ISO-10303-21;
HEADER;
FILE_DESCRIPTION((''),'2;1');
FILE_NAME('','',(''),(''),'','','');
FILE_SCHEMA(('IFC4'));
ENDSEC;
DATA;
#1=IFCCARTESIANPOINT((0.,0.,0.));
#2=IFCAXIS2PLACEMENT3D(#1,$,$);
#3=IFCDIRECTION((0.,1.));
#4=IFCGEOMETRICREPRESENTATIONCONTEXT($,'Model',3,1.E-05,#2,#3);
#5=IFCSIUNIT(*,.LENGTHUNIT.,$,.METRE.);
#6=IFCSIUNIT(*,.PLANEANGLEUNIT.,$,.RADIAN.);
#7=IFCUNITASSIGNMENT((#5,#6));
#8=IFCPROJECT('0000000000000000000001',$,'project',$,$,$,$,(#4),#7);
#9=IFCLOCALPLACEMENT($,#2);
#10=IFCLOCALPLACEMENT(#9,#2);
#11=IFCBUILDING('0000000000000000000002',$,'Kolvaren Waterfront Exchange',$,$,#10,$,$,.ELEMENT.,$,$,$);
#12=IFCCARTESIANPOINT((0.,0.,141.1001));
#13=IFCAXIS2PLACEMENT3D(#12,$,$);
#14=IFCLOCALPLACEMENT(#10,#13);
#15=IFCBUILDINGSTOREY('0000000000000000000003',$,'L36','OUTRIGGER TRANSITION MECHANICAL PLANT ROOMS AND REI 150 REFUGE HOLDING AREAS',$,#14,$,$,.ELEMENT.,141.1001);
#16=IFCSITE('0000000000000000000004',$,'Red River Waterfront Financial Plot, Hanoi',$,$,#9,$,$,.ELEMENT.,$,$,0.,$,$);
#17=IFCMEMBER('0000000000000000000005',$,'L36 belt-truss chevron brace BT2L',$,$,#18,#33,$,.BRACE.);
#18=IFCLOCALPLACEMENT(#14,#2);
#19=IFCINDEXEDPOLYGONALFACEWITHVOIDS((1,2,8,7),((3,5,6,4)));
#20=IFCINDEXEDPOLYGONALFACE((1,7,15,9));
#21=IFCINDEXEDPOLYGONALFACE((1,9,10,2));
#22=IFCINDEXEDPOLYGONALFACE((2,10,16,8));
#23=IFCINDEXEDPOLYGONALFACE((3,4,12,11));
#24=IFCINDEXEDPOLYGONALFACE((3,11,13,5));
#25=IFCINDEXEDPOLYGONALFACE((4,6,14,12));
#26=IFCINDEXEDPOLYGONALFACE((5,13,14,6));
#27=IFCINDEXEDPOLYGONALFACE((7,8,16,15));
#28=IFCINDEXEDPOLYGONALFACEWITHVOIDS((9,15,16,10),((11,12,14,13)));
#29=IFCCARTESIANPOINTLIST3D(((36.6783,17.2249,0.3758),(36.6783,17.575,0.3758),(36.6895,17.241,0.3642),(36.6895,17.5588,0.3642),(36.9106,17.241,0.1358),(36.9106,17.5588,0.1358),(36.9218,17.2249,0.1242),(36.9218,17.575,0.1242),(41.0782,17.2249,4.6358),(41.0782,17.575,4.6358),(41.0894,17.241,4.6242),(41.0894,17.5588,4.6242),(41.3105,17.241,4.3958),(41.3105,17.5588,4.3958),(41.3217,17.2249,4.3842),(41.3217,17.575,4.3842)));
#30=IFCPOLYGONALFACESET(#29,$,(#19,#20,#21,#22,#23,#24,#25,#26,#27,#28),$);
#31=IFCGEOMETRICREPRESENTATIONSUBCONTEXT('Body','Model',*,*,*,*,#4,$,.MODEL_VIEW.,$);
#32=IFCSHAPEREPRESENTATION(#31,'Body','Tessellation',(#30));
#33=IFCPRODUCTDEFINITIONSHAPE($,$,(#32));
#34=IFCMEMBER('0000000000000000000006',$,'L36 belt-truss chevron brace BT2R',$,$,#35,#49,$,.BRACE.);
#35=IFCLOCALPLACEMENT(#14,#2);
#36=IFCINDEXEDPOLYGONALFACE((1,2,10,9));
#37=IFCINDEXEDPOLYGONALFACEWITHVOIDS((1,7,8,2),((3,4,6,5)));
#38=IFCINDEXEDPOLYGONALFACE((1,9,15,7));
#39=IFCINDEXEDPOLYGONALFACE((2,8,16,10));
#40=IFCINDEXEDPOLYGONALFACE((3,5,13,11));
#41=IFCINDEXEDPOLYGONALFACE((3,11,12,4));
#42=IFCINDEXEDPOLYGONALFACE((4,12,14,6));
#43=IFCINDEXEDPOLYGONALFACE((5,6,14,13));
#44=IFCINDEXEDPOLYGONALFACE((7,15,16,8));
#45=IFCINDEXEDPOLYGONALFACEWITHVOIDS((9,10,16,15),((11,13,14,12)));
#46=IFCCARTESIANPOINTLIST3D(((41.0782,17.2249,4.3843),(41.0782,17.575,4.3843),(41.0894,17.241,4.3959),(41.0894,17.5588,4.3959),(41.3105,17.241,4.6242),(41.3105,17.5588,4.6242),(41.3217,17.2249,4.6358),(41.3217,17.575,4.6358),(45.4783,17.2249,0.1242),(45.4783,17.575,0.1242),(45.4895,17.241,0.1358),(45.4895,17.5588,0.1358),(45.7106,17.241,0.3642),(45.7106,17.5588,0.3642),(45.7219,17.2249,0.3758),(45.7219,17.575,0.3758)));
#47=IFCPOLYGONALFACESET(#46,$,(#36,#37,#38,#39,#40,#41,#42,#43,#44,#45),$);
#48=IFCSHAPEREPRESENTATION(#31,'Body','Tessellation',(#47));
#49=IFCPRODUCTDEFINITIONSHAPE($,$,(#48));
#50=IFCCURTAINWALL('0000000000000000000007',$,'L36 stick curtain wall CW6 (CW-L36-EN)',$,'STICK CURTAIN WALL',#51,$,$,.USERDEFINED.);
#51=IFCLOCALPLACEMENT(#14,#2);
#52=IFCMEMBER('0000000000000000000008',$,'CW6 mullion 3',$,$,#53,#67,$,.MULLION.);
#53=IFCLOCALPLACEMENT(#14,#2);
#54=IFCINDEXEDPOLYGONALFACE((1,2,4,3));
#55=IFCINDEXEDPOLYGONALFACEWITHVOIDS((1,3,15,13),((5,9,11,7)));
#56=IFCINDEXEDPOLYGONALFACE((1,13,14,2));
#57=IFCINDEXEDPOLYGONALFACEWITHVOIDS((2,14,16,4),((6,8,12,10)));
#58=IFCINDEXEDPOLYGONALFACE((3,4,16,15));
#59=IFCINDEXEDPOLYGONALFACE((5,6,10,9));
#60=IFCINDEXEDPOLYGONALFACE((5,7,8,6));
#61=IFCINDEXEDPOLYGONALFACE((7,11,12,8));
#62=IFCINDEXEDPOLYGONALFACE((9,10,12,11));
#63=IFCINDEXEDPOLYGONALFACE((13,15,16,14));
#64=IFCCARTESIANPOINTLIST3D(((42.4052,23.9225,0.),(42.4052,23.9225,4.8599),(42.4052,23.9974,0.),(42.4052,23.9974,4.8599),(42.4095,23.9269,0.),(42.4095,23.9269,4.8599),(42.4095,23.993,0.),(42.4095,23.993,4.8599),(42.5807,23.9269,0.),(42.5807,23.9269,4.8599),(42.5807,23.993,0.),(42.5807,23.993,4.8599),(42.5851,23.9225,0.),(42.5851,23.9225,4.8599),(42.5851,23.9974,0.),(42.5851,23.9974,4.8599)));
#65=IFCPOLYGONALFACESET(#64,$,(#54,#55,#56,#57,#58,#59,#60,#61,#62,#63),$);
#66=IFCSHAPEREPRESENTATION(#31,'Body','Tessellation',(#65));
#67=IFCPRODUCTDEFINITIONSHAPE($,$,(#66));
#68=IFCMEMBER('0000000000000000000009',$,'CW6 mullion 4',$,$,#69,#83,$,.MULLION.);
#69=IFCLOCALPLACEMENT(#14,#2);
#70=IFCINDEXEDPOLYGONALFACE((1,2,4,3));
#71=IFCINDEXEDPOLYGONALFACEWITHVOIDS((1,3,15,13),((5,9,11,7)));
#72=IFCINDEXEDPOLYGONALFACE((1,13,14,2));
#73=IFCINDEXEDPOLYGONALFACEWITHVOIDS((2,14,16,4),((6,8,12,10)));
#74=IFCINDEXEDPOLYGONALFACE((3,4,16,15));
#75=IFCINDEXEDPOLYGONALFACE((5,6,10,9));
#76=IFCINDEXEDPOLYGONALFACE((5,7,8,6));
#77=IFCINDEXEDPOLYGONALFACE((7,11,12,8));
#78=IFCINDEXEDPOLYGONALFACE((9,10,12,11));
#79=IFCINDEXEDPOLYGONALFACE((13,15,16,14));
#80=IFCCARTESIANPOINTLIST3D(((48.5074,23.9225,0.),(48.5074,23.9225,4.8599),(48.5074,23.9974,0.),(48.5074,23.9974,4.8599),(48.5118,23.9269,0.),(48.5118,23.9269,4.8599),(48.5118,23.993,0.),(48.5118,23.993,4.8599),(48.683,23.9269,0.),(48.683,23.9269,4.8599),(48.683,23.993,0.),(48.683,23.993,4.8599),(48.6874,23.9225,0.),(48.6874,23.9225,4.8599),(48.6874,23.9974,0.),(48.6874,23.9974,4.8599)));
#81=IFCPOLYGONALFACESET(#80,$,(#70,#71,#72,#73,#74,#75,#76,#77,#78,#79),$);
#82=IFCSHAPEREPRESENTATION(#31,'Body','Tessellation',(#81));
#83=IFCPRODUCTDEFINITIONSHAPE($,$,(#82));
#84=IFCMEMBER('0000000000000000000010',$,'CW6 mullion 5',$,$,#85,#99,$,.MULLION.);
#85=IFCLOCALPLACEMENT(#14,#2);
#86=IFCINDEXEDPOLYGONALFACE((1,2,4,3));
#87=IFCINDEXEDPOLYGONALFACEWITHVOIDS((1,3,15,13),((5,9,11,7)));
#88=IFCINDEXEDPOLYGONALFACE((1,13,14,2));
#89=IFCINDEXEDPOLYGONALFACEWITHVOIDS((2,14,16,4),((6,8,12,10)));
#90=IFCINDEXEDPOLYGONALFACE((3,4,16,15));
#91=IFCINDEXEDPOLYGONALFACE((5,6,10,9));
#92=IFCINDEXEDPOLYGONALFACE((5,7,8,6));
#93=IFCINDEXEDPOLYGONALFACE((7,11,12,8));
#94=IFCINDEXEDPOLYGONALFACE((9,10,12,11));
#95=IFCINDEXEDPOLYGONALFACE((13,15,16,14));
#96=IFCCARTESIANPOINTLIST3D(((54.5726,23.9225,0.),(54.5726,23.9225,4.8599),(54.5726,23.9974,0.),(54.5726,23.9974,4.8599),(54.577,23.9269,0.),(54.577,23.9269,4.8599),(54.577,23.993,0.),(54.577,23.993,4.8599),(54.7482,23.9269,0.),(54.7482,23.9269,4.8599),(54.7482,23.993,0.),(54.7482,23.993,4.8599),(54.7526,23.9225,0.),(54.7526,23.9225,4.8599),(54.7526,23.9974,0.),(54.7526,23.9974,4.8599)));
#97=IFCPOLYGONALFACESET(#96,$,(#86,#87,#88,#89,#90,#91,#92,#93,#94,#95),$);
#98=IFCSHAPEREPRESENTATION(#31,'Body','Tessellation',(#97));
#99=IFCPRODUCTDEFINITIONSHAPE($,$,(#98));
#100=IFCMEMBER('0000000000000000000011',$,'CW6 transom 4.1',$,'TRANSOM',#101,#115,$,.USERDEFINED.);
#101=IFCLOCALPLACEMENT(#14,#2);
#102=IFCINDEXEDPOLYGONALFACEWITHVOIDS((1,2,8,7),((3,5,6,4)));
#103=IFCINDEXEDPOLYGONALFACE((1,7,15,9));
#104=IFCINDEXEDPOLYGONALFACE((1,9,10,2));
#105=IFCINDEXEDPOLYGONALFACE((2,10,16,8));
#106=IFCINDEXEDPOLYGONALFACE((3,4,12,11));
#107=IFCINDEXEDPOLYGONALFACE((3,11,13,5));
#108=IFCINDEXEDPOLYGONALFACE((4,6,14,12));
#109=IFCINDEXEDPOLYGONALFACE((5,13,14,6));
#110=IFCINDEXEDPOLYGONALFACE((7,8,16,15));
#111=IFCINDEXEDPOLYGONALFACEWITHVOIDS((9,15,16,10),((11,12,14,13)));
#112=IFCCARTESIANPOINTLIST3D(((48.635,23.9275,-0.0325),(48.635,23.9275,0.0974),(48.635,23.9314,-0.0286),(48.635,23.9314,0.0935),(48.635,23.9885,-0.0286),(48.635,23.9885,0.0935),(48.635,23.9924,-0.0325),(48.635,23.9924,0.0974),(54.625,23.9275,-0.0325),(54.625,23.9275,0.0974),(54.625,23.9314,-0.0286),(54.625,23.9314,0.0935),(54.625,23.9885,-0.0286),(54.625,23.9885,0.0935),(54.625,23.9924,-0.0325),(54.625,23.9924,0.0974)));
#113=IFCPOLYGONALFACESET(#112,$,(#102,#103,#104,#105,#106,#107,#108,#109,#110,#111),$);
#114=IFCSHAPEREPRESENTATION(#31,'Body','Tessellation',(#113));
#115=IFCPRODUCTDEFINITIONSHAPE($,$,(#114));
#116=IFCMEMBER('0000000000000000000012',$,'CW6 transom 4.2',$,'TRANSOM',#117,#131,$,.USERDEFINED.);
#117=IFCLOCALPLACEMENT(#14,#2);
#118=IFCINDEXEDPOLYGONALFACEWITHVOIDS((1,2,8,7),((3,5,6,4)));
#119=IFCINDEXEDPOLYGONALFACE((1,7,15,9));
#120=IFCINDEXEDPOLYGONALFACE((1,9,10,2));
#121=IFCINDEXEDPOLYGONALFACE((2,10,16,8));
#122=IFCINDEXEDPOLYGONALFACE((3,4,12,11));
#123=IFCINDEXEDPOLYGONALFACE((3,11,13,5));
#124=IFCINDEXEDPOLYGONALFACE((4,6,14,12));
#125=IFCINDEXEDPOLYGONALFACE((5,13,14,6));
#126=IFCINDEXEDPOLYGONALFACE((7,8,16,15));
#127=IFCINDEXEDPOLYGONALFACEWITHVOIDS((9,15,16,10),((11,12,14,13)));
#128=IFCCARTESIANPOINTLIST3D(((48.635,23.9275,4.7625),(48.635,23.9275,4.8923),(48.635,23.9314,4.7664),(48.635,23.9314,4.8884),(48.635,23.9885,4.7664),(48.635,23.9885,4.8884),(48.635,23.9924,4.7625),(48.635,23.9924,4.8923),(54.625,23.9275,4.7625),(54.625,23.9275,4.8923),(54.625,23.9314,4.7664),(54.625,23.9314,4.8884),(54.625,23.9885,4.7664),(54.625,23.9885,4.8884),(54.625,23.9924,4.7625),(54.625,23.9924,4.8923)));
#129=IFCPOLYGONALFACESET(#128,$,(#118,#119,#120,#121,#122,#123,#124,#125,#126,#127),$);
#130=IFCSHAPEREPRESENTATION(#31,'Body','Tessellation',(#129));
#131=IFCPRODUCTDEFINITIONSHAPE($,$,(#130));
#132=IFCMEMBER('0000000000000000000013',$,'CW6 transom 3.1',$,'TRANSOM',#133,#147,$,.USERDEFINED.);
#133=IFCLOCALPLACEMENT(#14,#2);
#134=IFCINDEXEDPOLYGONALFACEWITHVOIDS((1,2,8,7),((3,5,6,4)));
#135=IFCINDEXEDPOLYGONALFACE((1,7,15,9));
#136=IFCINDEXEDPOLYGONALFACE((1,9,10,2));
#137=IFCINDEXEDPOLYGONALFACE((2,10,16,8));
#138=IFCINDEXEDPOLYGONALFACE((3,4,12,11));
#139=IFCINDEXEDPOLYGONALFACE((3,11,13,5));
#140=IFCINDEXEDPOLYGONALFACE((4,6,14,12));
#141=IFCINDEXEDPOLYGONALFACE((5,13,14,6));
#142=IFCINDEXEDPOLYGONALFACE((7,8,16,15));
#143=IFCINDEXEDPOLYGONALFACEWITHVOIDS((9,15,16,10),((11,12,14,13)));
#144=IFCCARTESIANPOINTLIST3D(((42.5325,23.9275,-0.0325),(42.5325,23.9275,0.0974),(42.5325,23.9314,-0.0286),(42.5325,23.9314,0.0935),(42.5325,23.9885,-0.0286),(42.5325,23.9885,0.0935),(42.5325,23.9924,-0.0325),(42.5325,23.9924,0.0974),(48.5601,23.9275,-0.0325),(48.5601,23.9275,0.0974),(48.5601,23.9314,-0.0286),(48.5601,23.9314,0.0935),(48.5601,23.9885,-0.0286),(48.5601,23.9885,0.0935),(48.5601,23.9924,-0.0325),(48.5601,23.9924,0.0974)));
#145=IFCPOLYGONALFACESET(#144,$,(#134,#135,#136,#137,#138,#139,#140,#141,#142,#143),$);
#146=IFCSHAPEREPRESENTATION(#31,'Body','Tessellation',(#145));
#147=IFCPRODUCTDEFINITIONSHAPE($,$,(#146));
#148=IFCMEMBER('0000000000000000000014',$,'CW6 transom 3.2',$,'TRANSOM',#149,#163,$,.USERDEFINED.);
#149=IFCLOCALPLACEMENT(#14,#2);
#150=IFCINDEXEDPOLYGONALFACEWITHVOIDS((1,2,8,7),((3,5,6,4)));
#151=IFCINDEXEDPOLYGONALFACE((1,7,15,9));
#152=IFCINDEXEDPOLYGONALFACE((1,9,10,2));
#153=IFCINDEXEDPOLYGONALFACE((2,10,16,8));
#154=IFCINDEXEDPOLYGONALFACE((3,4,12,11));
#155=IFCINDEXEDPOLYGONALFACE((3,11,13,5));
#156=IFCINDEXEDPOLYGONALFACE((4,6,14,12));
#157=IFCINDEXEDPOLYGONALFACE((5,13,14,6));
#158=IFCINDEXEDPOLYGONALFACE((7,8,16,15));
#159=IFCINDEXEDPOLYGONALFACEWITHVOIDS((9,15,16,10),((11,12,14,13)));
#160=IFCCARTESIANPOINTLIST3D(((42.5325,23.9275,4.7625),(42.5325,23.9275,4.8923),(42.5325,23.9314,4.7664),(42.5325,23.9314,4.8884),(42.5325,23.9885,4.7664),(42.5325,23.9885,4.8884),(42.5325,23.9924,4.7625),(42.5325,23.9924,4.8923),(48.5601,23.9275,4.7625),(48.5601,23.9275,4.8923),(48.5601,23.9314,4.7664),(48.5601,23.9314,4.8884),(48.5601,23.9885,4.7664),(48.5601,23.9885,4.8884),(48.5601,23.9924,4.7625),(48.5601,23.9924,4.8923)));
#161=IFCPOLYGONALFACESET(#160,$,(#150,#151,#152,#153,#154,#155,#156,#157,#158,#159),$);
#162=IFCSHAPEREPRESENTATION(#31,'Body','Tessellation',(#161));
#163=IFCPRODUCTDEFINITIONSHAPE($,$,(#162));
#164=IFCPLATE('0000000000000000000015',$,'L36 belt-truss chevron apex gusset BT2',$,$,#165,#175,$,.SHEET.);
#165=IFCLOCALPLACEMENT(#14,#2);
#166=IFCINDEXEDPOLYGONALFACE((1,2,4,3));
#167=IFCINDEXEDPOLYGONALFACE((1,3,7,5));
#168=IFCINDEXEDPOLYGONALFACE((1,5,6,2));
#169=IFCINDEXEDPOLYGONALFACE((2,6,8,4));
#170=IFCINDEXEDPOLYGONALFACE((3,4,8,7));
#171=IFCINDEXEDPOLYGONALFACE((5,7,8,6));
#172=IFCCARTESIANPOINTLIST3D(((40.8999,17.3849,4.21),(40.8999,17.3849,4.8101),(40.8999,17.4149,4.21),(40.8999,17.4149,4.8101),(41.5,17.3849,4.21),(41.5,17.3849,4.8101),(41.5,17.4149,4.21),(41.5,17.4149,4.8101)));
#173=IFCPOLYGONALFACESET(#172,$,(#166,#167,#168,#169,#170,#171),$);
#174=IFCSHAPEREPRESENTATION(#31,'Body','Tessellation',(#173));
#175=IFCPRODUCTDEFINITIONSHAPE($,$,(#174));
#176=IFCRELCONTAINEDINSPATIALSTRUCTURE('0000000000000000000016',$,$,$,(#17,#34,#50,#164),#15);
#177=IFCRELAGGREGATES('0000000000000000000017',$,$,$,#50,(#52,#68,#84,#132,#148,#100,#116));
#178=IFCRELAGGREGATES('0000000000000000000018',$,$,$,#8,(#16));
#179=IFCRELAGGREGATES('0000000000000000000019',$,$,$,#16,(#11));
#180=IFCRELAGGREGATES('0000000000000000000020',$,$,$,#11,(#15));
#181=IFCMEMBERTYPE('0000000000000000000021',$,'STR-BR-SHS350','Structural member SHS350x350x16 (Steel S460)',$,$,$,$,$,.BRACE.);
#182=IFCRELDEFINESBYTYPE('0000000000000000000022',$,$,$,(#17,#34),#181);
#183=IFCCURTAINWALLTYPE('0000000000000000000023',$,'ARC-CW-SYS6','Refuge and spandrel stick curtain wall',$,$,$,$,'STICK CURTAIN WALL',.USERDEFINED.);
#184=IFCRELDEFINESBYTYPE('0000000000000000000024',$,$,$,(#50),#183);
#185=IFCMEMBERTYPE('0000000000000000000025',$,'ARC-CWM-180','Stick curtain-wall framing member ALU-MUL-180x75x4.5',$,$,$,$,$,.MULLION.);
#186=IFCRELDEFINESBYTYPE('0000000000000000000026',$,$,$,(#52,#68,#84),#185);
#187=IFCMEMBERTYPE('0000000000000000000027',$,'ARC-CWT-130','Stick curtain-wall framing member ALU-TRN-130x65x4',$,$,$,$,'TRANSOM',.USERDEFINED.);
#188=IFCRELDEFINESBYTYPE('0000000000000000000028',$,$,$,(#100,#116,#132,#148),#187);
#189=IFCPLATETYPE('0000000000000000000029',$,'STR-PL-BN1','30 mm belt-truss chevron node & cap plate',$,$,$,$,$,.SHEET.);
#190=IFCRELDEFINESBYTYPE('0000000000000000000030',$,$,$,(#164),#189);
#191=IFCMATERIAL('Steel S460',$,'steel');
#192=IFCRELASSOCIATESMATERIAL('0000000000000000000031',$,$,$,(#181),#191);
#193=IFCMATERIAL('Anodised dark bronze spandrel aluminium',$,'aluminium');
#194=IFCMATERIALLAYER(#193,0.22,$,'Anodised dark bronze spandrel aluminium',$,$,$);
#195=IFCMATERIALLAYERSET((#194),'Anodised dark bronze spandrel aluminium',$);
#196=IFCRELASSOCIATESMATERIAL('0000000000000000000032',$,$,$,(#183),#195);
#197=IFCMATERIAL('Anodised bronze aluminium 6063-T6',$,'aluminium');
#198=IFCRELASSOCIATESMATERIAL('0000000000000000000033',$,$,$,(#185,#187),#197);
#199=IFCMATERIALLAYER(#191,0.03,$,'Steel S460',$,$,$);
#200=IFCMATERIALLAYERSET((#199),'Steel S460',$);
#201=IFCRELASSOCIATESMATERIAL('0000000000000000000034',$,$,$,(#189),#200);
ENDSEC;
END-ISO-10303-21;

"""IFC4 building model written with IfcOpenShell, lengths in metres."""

from ifc_helpers import new_model, si_unit, direction, frame, origin, origin_with_axes, origin_2d, place, context, subcontext, project, spatial, rectangle, hollow_rectangle, extrude, source, transform, mapped, material, layer, layer_set, material_profile, profile_set, type_object, element, aggregate, save


model = new_model("IFC4")

# Units and contexts
model_context = context("Model", 3, precision=1e-05, world=origin(), true_north=direction((0.0, 1.0)))
body_context = subcontext(model_context, "Body", "Model", "MODEL_VIEW")
ifc_project = project(units=[si_unit("LENGTHUNIT", "METRE"), si_unit("PLANEANGLEUNIT", "RADIAN")], contexts=[model_context])

# Site, building, storey
site_placement = place(None, origin())
site = spatial("IfcSite", under=ifc_project, at=site_placement, Name="Red River Waterfront Financial Plot, Hanoi", CompositionType="ELEMENT", RefElevation=0.0)
building_placement = place(site_placement, origin())
building = spatial("IfcBuilding", under=site, at=building_placement, Name="Kolvaren Waterfront Exchange", CompositionType="ELEMENT")
storey_placement = place(building_placement, frame((0.0, 0.0, 141.1001)))
storey = spatial("IfcBuildingStorey", under=building, at=storey_placement, Name="L36", Description="OUTRIGGER TRANSITION MECHANICAL PLANT ROOMS AND REI 150 REFUGE HOLDING AREAS", CompositionType="ELEMENT", Elevation=141.1001)

# Members
ifc_material_1 = material(Name="Steel S460", Category="steel")
ifc_material_profile_1 = material_profile(ifc_material_1, hollow_rectangle(XDim=0.3501, YDim=0.3501, WallThickness=0.0161, at=origin_2d()), Name="SHS350x350x16")
ifc_profile_set_1 = profile_set([ifc_material_profile_1], Name="Steel S460")
member_type_1 = type_object("IfcMemberType", Name="STR-BR-SHS350", Description="Structural member SHS350x350x16 (Steel S460)", PredefinedType="BRACE", material=ifc_profile_set_1)
member_1_placement = place(storey_placement, frame((36.8, 17.3999, 0.25), z_axis=(0.718436, 0.0, 0.695593), x_axis=(0.0, 1.0, 0.0)))
element("IfcMember", 1, at=member_1_placement, inside=storey, type_object=member_type_1, Name="L36 belt-truss chevron brace BT2L", PredefinedType="BRACE", context=body_context, shape_type="SweptSolid", body=[
    extrude(hollow_rectangle(XDim=0.3501, YDim=0.3501, WallThickness=0.0161, at=origin_2d()), origin(), (0.0, 0.0, 1.0), 6.1243),
])
member_2_placement = place(storey_placement, frame((45.6001, 17.3999, 0.25), z_axis=(-0.718455, 0.0, 0.695573), x_axis=(0.0, -1.0, 0.0)))
element("IfcMember", 2, at=member_2_placement, inside=storey, type_object=member_type_1, Name="L36 belt-truss chevron brace BT2R", PredefinedType="BRACE", context=body_context, shape_type="SweptSolid", body=[
    extrude(hollow_rectangle(XDim=0.3501, YDim=0.3501, WallThickness=0.0161, at=origin_2d()), origin(), (0.0, 0.0, 1.0), 6.1245),
])

# Curtain wall, members
ifc_material_2 = material(Name="Anodised dark bronze spandrel aluminium", Category="aluminium")
ifc_layer_1 = layer(ifc_material_2, 0.22, Name="Anodised dark bronze spandrel aluminium")
ifc_layer_set_1 = layer_set([ifc_layer_1], Name="Anodised dark bronze spandrel aluminium")
curtain_wall_type = type_object("IfcCurtainWallType", Name="ARC-CW-SYS6", Description="Refuge and spandrel stick curtain wall", ElementType="STICK CURTAIN WALL", PredefinedType="USERDEFINED", material=ifc_layer_set_1)
curtain_wall_placement = place(storey_placement, origin())
curtain_wall = element("IfcCurtainWall", 3, at=curtain_wall_placement, inside=storey, type_object=curtain_wall_type, Name="L36 stick curtain wall CW6 (CW-L36-EN)", ObjectType="STICK CURTAIN WALL", PredefinedType="USERDEFINED")
ifc_material_3 = material(Name="Anodised bronze aluminium 6063-T6", Category="aluminium")
ifc_material_profile_2 = material_profile(ifc_material_3, hollow_rectangle(XDim=0.075, YDim=0.1799, WallThickness=0.0044, at=origin_2d()), Name="ALU-MUL-180x75x4.5")
ifc_profile_set_2 = profile_set([ifc_material_profile_2], Name="Anodised bronze aluminium 6063-T6")
member_type_2 = type_object("IfcMemberType", Name="ARC-CWM-180", Description="Stick curtain-wall framing member ALU-MUL-180x75x4.5", PredefinedType="MULLION", material=ifc_profile_set_2)
shared_shape_1 = source(origin_with_axes(), body_context, "Body", "SweptSolid", [
    extrude(hollow_rectangle(XDim=0.075, YDim=0.1799, WallThickness=0.0044, at=origin_2d()), origin(), (0.0, 0.0, 1.0), 4.8599),
])
member_3_placement = place(storey_placement, frame((42.4951, 23.96, 0.0), z_axis=(0.0, 0.0, 1.0), x_axis=(0.0, 1.0, 0.0)))
member_3 = element("IfcMember", 4, at=member_3_placement, type_object=member_type_2, Name="CW6 mullion 3", PredefinedType="MULLION", context=body_context, shape_type="MappedRepresentation", body=[
    mapped(shared_shape_1, transform((0.0, 0.0, 0.0), x_axis=(1.0, 0.0, 0.0), y_axis=(0.0, 1.0, 0.0), z_axis=(0.0, 0.0, 1.0), scale=1.0)),
])
member_4_placement = place(storey_placement, frame((48.5974, 23.96, 0.0), z_axis=(0.0, 0.0, 1.0), x_axis=(0.0, 1.0, 0.0)))
member_4 = element("IfcMember", 5, at=member_4_placement, type_object=member_type_2, Name="CW6 mullion 4", PredefinedType="MULLION", context=body_context, shape_type="MappedRepresentation", body=[
    mapped(shared_shape_1, transform((0.0, 0.0, 0.0), x_axis=(1.0, 0.0, 0.0), y_axis=(0.0, 1.0, 0.0), z_axis=(0.0, 0.0, 1.0), scale=1.0)),
])
member_5_placement = place(storey_placement, frame((54.6626, 23.96, 0.0), z_axis=(0.0, 0.0, 1.0), x_axis=(0.0, 1.0, 0.0)))
member_5 = element("IfcMember", 6, at=member_5_placement, type_object=member_type_2, Name="CW6 mullion 5", PredefinedType="MULLION", context=body_context, shape_type="MappedRepresentation", body=[
    mapped(shared_shape_1, transform((0.0, 0.0, 0.0), x_axis=(1.0, 0.0, 0.0), y_axis=(0.0, 1.0, 0.0), z_axis=(0.0, 0.0, 1.0), scale=1.0)),
])
ifc_material_profile_3 = material_profile(ifc_material_3, hollow_rectangle(XDim=0.0649, YDim=0.1299, WallThickness=0.0039, at=origin_2d()), Name="ALU-TRN-130x65x4")
ifc_profile_set_3 = profile_set([ifc_material_profile_3], Name="Anodised bronze aluminium 6063-T6")
member_type_3 = type_object("IfcMemberType", Name="ARC-CWT-130", Description="Stick curtain-wall framing member ALU-TRN-130x65x4", ElementType="TRANSOM", PredefinedType="USERDEFINED", material=ifc_profile_set_3)
shared_shape_2 = source(origin_with_axes(), body_context, "Body", "SweptSolid", [
    extrude(hollow_rectangle(XDim=0.0649, YDim=0.1299, WallThickness=0.0039, at=origin_2d()), origin(), (0.0, 0.0, 1.0), 5.99),
])
member_6_placement = place(storey_placement, frame((48.635, 23.96, 0.0325), z_axis=(1.0, 0.0, 0.0), x_axis=(0.0, 1.0, 0.0)))
member_6 = element("IfcMember", 7, at=member_6_placement, type_object=member_type_3, Name="CW6 transom 4.1", ObjectType="TRANSOM", PredefinedType="USERDEFINED", context=body_context, shape_type="MappedRepresentation", body=[
    mapped(shared_shape_2, transform((0.0, 0.0, 0.0), x_axis=(1.0, 0.0, 0.0), y_axis=(0.0, 1.0, 0.0), z_axis=(0.0, 0.0, 1.0), scale=1.0)),
])
member_7_placement = place(storey_placement, frame((48.635, 23.96, 4.8274), z_axis=(1.0, 0.0, 0.0), x_axis=(0.0, 1.0, 0.0)))
member_7 = element("IfcMember", 8, at=member_7_placement, type_object=member_type_3, Name="CW6 transom 4.2", ObjectType="TRANSOM", PredefinedType="USERDEFINED", context=body_context, shape_type="MappedRepresentation", body=[
    mapped(shared_shape_2, transform((0.0, 0.0, 0.0), x_axis=(1.0, 0.0, 0.0), y_axis=(0.0, 1.0, 0.0), z_axis=(0.0, 0.0, 1.0), scale=1.0)),
])
shared_shape_3 = source(origin_with_axes(), body_context, "Body", "SweptSolid", [
    extrude(hollow_rectangle(XDim=0.0649, YDim=0.1299, WallThickness=0.0039, at=origin_2d()), origin(), (0.0, 0.0, 1.0), 6.0276),
])
member_8_placement = place(storey_placement, frame((42.5325, 23.96, 0.0325), z_axis=(1.0, 0.0, 0.0), x_axis=(0.0, 1.0, 0.0)))
member_8 = element("IfcMember", 9, at=member_8_placement, type_object=member_type_3, Name="CW6 transom 3.1", ObjectType="TRANSOM", PredefinedType="USERDEFINED", context=body_context, shape_type="MappedRepresentation", body=[
    mapped(shared_shape_3, transform((0.0, 0.0, 0.0), x_axis=(1.0, 0.0, 0.0), y_axis=(0.0, 1.0, 0.0), z_axis=(0.0, 0.0, 1.0), scale=1.0)),
])
member_9_placement = place(storey_placement, frame((42.5325, 23.96, 4.8274), z_axis=(1.0, 0.0, 0.0), x_axis=(0.0, 1.0, 0.0)))
member_9 = element("IfcMember", 10, at=member_9_placement, type_object=member_type_3, Name="CW6 transom 3.2", ObjectType="TRANSOM", PredefinedType="USERDEFINED", context=body_context, shape_type="MappedRepresentation", body=[
    mapped(shared_shape_3, transform((0.0, 0.0, 0.0), x_axis=(1.0, 0.0, 0.0), y_axis=(0.0, 1.0, 0.0), z_axis=(0.0, 0.0, 1.0), scale=1.0)),
])

# Plate
ifc_layer_2 = layer(ifc_material_1, 0.03, Name="Steel S460")
ifc_layer_set_2 = layer_set([ifc_layer_2], Name="Steel S460")
plate_type_1 = type_object("IfcPlateType", Name="STR-PL-BN1", Description="30 mm belt-truss chevron node & cap plate", PredefinedType="SHEET", material=ifc_layer_set_2)
shared_shape_4 = source(origin_with_axes(), body_context, "Body", "SweptSolid", [
    extrude(rectangle(XDim=0.6001, YDim=0.03, at=origin_2d()), origin(), (0.0, 0.0, 1.0), 0.6001),
])
plate_1_placement = place(storey_placement, frame((41.2, 17.3999, 4.21), z_axis=(0.0, 0.0, 1.0), x_axis=(1.0, 0.0, 0.0)))
element("IfcPlate", 11, at=plate_1_placement, inside=storey, type_object=plate_type_1, Name="L36 belt-truss chevron apex gusset BT2", PredefinedType="SHEET", context=body_context, shape_type="MappedRepresentation", body=[
    mapped(shared_shape_4, transform((0.0, 0.0, 0.0), x_axis=(1.0, 0.0, 0.0), y_axis=(0.0, 1.0, 0.0), z_axis=(0.0, 0.0, 1.0), scale=1.0)),
])

aggregate(curtain_wall, [member_3, member_4, member_5, member_8, member_9, member_6, member_7])

save(model, "model.ifc")
